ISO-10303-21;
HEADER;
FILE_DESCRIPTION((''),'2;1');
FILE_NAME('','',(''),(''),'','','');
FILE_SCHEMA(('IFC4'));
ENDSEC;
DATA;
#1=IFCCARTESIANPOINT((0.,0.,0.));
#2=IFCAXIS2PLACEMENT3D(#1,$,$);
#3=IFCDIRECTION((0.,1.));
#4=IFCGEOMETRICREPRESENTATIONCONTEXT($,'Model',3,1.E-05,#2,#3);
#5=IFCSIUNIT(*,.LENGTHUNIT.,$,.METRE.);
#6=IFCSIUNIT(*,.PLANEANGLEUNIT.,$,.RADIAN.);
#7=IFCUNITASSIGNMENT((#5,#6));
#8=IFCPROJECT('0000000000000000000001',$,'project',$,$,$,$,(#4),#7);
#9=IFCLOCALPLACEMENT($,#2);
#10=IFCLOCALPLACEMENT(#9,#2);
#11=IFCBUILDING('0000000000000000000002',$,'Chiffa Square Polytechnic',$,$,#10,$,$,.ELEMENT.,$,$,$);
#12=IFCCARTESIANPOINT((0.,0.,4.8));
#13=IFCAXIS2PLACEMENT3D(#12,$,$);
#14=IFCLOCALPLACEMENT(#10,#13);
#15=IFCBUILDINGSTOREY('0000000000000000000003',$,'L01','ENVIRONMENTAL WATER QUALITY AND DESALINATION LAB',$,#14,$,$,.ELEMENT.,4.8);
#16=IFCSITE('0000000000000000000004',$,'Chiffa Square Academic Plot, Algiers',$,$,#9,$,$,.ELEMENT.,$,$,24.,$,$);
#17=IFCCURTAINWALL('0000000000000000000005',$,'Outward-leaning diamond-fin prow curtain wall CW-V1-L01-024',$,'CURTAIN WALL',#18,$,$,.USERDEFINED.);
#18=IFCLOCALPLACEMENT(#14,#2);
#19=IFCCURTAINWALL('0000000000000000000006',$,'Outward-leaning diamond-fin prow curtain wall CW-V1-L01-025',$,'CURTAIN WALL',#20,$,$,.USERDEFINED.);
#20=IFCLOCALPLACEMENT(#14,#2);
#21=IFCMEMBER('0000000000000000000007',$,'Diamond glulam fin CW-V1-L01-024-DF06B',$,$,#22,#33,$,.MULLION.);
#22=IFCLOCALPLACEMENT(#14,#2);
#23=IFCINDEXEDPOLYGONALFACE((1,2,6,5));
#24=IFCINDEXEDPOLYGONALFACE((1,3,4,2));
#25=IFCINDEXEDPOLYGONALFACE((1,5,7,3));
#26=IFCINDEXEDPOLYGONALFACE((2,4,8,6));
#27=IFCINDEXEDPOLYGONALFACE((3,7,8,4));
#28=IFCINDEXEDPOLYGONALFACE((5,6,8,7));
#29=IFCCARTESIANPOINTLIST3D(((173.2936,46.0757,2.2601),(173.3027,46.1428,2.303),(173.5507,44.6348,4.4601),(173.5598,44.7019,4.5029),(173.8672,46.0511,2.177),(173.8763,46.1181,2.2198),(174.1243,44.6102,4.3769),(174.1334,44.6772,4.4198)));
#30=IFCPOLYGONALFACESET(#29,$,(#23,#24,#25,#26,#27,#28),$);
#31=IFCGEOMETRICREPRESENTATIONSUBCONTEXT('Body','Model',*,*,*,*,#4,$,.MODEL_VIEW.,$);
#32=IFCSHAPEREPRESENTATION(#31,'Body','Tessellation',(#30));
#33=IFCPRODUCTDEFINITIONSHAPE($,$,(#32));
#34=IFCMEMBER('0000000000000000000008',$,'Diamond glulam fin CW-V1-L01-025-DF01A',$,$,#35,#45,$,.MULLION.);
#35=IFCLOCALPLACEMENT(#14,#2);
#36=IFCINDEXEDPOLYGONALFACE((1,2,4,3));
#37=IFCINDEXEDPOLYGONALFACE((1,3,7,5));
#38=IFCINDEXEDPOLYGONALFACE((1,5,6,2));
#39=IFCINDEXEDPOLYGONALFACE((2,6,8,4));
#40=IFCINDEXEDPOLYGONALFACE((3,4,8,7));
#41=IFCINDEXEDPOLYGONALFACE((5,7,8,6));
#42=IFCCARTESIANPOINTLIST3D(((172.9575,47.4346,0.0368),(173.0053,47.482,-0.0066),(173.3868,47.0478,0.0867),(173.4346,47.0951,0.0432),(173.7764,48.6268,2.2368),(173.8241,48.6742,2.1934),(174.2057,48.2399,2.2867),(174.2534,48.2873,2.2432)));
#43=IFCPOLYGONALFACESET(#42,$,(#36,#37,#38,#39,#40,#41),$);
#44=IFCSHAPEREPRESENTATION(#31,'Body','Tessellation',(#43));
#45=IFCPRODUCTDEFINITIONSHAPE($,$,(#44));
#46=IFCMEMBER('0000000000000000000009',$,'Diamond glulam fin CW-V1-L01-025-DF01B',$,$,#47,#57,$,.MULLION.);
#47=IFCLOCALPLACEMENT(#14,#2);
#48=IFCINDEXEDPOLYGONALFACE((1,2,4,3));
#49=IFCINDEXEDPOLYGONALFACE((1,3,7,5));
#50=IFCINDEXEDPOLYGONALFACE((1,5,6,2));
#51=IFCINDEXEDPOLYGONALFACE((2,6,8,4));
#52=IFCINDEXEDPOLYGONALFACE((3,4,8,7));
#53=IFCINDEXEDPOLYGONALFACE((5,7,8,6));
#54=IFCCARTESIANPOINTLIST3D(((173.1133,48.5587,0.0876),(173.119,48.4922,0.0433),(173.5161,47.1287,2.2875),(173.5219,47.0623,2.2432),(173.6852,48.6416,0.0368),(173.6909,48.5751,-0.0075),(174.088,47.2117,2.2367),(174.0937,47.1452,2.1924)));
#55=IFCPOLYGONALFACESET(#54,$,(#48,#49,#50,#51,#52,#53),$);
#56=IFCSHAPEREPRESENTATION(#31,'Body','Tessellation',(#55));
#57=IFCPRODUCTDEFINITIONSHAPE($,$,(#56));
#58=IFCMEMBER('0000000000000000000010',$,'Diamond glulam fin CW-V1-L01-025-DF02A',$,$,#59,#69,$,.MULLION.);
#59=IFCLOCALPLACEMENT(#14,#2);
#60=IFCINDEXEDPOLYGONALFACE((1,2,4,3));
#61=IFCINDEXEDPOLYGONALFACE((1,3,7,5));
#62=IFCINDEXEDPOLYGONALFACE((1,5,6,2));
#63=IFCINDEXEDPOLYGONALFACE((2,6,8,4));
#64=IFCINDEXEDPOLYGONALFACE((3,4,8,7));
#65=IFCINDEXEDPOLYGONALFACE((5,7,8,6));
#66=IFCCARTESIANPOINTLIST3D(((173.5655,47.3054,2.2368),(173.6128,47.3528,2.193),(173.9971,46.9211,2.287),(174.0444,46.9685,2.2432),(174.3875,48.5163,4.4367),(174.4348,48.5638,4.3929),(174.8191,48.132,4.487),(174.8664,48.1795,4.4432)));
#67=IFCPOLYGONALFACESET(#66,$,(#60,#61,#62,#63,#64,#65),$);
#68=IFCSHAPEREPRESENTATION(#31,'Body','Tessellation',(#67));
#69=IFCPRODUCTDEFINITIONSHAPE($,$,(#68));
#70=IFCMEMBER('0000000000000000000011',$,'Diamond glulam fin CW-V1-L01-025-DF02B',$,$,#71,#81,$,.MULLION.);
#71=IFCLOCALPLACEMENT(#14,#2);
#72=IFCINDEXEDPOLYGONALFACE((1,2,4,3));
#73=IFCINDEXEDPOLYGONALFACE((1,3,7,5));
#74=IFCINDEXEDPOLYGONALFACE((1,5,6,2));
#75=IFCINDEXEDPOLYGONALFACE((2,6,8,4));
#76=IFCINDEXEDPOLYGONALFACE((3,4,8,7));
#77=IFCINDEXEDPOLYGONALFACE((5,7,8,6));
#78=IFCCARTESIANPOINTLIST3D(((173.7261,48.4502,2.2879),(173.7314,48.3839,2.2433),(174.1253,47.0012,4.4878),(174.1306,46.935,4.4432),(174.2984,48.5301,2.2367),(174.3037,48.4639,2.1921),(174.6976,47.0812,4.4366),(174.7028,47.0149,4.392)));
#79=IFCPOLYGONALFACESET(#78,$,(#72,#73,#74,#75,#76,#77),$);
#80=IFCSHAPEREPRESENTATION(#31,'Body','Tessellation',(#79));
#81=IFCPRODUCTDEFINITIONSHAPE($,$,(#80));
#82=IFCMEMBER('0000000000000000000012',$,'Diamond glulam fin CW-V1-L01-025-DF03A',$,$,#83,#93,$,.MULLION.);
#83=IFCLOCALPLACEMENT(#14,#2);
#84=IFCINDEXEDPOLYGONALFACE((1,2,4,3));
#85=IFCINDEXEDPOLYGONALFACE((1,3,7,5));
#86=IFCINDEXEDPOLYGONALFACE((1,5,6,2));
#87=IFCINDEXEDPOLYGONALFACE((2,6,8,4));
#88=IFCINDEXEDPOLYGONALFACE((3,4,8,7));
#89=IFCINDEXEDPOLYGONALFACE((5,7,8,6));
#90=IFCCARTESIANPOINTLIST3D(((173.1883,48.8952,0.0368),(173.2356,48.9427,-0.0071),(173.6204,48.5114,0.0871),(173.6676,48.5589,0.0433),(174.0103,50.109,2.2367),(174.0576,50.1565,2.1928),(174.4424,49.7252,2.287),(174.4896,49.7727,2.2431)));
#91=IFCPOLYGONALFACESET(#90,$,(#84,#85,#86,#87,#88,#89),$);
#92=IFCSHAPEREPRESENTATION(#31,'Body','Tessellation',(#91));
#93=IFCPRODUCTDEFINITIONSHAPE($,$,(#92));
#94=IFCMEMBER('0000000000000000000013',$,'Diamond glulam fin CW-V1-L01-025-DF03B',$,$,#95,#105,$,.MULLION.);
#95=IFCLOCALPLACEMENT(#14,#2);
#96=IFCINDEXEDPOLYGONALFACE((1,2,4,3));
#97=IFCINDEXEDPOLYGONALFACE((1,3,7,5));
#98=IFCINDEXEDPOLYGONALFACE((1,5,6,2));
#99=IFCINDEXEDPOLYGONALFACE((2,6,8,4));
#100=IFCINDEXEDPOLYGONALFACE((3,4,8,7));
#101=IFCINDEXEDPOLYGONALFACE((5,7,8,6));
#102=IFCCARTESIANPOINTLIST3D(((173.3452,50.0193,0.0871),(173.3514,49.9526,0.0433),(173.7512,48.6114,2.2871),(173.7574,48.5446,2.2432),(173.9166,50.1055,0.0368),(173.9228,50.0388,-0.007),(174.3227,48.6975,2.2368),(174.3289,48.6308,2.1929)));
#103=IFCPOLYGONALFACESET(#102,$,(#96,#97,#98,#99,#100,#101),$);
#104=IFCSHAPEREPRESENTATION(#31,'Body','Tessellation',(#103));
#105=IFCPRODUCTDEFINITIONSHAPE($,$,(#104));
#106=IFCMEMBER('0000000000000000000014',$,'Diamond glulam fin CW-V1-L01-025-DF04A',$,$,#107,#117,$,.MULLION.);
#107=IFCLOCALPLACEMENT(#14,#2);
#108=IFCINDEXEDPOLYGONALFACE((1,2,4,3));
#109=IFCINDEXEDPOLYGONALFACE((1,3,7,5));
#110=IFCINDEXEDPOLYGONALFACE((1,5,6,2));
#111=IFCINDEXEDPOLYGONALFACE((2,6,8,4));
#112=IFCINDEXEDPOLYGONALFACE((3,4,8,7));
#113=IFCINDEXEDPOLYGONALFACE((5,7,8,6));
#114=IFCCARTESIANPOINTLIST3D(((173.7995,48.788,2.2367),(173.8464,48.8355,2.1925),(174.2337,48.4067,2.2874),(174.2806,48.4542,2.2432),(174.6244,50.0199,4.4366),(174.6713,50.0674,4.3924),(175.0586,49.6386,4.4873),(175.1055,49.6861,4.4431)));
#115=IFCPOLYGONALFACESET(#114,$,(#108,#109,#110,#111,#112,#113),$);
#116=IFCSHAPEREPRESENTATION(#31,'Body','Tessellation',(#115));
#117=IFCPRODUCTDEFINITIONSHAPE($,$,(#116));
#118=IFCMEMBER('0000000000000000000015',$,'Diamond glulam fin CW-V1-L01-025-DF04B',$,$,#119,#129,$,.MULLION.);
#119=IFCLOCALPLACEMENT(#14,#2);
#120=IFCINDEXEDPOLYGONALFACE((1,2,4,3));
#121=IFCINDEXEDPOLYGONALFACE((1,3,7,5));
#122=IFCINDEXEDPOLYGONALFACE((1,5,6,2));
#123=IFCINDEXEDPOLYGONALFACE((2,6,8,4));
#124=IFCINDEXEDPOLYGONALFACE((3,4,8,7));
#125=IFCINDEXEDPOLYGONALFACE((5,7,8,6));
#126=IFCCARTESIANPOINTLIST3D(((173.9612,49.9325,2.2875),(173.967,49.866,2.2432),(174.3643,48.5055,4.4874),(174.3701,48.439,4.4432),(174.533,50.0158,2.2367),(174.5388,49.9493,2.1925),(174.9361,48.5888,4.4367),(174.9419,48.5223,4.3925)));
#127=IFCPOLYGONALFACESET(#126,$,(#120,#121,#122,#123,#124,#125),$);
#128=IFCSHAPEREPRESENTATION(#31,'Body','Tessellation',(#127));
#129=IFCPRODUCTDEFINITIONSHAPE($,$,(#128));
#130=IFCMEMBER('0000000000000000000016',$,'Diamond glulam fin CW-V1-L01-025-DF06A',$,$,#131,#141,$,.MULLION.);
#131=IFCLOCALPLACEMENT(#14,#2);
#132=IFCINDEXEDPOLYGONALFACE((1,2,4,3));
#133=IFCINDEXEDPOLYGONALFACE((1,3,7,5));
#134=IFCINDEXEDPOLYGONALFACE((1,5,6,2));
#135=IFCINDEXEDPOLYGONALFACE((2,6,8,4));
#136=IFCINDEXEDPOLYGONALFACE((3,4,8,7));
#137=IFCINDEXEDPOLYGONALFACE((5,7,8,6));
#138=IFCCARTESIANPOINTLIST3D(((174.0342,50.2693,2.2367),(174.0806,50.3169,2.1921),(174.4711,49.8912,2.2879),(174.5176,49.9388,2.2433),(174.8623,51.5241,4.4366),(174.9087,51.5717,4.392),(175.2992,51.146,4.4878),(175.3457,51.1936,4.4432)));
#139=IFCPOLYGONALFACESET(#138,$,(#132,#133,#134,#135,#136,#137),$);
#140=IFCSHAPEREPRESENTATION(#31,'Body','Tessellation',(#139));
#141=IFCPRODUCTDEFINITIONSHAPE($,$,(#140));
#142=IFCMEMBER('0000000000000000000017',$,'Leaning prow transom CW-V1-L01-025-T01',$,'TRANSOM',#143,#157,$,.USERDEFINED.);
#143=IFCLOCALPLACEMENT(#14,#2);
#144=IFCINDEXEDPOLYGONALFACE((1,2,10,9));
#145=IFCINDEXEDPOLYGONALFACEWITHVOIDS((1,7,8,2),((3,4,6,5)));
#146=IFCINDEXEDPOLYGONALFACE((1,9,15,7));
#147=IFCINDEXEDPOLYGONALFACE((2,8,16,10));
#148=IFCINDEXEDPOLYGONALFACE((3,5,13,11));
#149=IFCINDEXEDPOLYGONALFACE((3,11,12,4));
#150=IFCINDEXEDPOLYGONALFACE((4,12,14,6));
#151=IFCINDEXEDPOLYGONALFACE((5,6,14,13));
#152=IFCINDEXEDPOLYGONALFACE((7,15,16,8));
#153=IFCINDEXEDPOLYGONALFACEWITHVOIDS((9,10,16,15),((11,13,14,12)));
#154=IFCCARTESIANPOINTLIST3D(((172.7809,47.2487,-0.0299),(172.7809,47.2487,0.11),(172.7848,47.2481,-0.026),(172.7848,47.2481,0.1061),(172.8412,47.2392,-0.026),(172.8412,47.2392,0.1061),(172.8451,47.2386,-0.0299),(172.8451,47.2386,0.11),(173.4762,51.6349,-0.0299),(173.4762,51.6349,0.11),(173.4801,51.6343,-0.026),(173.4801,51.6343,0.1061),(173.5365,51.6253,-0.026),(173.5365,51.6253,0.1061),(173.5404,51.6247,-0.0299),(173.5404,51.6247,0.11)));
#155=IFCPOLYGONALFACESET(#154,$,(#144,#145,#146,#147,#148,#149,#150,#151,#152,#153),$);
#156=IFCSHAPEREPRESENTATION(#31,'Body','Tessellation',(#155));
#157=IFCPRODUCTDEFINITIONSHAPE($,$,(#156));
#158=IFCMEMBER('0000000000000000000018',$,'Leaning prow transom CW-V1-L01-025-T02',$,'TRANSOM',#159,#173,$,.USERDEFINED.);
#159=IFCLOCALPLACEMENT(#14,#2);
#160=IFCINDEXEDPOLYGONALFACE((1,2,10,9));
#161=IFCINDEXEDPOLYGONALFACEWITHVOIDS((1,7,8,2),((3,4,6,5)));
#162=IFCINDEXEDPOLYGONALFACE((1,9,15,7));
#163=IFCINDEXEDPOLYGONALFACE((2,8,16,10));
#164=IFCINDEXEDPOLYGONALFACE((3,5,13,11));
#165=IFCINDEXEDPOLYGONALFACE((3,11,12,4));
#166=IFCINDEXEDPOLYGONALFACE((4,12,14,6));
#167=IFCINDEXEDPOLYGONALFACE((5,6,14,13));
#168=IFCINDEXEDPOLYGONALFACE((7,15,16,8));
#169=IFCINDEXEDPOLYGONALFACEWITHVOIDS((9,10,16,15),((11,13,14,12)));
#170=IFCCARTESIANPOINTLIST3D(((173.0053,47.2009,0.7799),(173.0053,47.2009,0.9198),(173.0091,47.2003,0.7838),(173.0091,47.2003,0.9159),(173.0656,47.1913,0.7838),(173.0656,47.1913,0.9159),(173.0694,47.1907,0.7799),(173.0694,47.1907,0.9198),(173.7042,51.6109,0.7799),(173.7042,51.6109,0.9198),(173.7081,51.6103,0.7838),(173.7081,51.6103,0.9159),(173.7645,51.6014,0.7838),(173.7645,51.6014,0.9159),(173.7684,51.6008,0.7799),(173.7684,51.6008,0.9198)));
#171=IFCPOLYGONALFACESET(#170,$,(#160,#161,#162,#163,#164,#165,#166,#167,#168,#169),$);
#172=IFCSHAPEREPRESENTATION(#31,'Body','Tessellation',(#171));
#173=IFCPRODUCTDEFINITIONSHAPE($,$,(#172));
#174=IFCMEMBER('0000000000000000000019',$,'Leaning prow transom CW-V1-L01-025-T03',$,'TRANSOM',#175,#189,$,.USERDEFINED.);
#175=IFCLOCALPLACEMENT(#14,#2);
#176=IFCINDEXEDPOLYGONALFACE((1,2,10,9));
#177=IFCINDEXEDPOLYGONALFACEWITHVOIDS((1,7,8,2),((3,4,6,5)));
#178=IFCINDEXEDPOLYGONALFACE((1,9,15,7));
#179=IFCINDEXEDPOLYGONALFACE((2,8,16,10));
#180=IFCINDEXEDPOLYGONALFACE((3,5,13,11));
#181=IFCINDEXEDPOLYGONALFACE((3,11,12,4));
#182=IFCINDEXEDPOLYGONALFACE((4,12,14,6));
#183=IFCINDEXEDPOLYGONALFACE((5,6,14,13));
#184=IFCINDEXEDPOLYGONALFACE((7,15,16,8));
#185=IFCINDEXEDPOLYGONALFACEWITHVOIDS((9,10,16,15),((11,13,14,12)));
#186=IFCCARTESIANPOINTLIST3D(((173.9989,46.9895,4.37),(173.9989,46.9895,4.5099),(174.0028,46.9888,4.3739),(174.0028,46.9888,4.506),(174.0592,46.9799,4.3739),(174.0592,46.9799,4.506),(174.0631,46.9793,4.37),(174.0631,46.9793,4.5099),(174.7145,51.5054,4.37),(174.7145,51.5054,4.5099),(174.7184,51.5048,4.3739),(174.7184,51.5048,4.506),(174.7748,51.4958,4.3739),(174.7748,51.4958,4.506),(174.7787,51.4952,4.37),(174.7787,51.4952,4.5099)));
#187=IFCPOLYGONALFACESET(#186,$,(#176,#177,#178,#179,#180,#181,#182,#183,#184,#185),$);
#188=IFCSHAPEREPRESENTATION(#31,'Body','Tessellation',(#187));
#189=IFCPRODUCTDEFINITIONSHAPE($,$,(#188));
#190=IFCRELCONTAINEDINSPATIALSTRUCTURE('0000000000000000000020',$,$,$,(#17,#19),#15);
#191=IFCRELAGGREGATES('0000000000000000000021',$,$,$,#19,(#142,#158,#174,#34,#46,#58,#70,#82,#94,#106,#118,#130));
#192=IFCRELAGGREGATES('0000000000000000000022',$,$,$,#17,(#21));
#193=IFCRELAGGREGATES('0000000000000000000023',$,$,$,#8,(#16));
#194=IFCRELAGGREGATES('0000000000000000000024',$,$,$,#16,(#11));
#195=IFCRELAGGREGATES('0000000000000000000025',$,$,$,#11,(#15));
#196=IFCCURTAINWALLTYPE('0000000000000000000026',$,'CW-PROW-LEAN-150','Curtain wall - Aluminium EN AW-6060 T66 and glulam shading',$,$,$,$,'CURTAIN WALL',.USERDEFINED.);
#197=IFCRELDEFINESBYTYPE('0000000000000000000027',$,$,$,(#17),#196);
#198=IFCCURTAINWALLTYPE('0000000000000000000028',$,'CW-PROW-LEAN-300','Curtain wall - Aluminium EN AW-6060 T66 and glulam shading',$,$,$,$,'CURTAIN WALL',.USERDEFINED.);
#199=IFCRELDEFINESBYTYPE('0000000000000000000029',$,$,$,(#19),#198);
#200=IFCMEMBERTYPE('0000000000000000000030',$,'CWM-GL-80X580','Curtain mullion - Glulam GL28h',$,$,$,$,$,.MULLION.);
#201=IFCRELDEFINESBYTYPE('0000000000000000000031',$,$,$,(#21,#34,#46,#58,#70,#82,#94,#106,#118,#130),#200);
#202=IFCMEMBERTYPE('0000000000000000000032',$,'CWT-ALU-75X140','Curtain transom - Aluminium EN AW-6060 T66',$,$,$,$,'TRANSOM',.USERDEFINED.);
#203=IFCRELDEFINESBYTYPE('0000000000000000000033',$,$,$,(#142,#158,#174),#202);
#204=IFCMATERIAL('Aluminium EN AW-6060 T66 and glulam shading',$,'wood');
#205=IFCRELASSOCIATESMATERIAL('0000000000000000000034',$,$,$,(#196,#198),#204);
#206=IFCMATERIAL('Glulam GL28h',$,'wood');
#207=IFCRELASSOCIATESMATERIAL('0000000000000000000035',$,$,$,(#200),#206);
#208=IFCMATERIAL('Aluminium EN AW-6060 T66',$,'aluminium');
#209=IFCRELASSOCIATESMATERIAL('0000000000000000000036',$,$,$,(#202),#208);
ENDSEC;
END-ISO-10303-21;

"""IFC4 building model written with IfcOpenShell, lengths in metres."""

from ifc_helpers import new_model, si_unit, direction, frame, origin, origin_2d, place, context, subcontext, project, spatial, rectangle, hollow_rectangle, extrude, material, material_profile, profile_set, type_object, element, aggregate, save


model = new_model("IFC4")

# Units and contexts
model_context = context("Model", 3, precision=1e-05, world=origin(), true_north=direction((0.0, 1.0)))
body_context = subcontext(model_context, "Body", "Model", "MODEL_VIEW")
ifc_project = project(units=[si_unit("LENGTHUNIT", "METRE"), si_unit("PLANEANGLEUNIT", "RADIAN")], contexts=[model_context])

# Site, building, storey
site_placement = place(None, origin())
site = spatial("IfcSite", under=ifc_project, at=site_placement, Name="Chiffa Square Academic Plot, Algiers", CompositionType="ELEMENT", RefElevation=24.0)
building_placement = place(site_placement, origin())
building = spatial("IfcBuilding", under=site, at=building_placement, Name="Chiffa Square Polytechnic", CompositionType="ELEMENT")
storey_placement = place(building_placement, frame((0.0, 0.0, 4.8)))
storey = spatial("IfcBuildingStorey", under=building, at=storey_placement, Name="L01", Description="ENVIRONMENTAL WATER QUALITY AND DESALINATION LAB", CompositionType="ELEMENT", Elevation=4.8)

# Curtain wall
ifc_material_1 = material(Name="Aluminium EN AW-6060 T66 and glulam shading", Category="wood")
curtain_wall_type_1 = type_object("IfcCurtainWallType", Name="CW-PROW-LEAN-150", Description="Curtain wall - Aluminium EN AW-6060 T66 and glulam shading", ElementType="CURTAIN WALL", PredefinedType="USERDEFINED", material=ifc_material_1)
curtain_wall_1_placement = place(storey_placement, origin())
curtain_wall_1 = element("IfcCurtainWall", 1, at=curtain_wall_1_placement, inside=storey, type_object=curtain_wall_type_1, Name="Outward-leaning diamond-fin prow curtain wall CW-V1-L01-024", ObjectType="CURTAIN WALL", PredefinedType="USERDEFINED")
ifc_material_2 = material(Name="Aluminium EN AW-6060 T66", Category="aluminium")

# Curtain wall
curtain_wall_type_2 = type_object("IfcCurtainWallType", Name="CW-PROW-LEAN-300", Description="Curtain wall - Aluminium EN AW-6060 T66 and glulam shading", ElementType="CURTAIN WALL", PredefinedType="USERDEFINED", material=ifc_material_1)
curtain_wall_2_placement = place(storey_placement, origin())
curtain_wall_2 = element("IfcCurtainWall", 2, at=curtain_wall_2_placement, inside=storey, type_object=curtain_wall_type_2, Name="Outward-leaning diamond-fin prow curtain wall CW-V1-L01-025", ObjectType="CURTAIN WALL", PredefinedType="USERDEFINED")

# Members
ifc_material_3 = material(Name="Glulam GL28h", Category="wood")
ifc_material_profile_1 = material_profile(ifc_material_3, rectangle(XDim=0.0801, YDim=0.5801, at=origin_2d()), Name="GL28h 80x580")
ifc_profile_set_1 = profile_set([ifc_material_profile_1], Name="Glulam GL28h")
member_type_1 = type_object("IfcMemberType", Name="CWM-GL-80X580", Description="Curtain mullion - Glulam GL28h", PredefinedType="MULLION", material=ifc_profile_set_1)
member_1_placement = place(storey_placement, frame((173.585, 46.0969, 2.24), z_axis=(0.097291, -0.545313, 0.832567), x_axis=(0.113546, 0.837156, 0.535049)))
member_1 = element("IfcMember", 3, at=member_1_placement, type_object=member_type_1, Name="Diamond glulam fin CW-V1-L01-024-DF06B", PredefinedType="MULLION", context=body_context, shape_type="SweptSolid", body=[
    extrude(rectangle(XDim=0.0801, YDim=0.5801, at=origin_2d()), origin(), (0.0, 0.0, 1.0), 2.6423),
])
member_2_placement = place(storey_placement, frame((173.196, 47.2649, 0.04), z_axis=(0.311021, 0.452807, 0.835602), x_axis=(-0.596221, -0.591723, 0.542571)))
member_2 = element("IfcMember", 4, at=member_2_placement, type_object=member_type_1, Name="Diamond glulam fin CW-V1-L01-025-DF01A", PredefinedType="MULLION", context=body_context, shape_type="SweptSolid", body=[
    extrude(rectangle(XDim=0.0801, YDim=0.5801, at=origin_2d()), origin(), (0.0, 0.0, 1.0), 2.6328),
])
member_3_placement = place(storey_placement, frame((173.4021, 48.5669, 0.04), z_axis=(0.15175, -0.538667, 0.82874), x_axis=(-0.071381, 0.830288, 0.552744)))
member_3 = element("IfcMember", 5, at=member_3_placement, type_object=member_type_1, Name="Diamond glulam fin CW-V1-L01-025-DF01B", PredefinedType="MULLION", context=body_context, shape_type="SweptSolid", body=[
    extrude(rectangle(XDim=0.0801, YDim=0.5801, at=origin_2d()), origin(), (0.0, 0.0, 1.0), 2.6545),
])
member_4_placement = place(storey_placement, frame((173.8049, 47.137, 2.24), z_axis=(0.311098, 0.458285, 0.832582), x_axis=(-0.591291, -0.592516, 0.547082)))
member_4 = element("IfcMember", 6, at=member_4_placement, type_object=member_type_1, Name="Diamond glulam fin CW-V1-L01-025-DF02A", PredefinedType="MULLION", context=body_context, shape_type="SweptSolid", body=[
    extrude(rectangle(XDim=0.0801, YDim=0.5801, at=origin_2d()), origin(), (0.0, 0.0, 1.0), 2.6423),
])
member_5_placement = place(storey_placement, frame((174.0149, 48.457, 2.24), z_axis=(0.14982, -0.543842, 0.825706), x_axis=(-0.065783, 0.827798, 0.557156)))
member_5 = element("IfcMember", 7, at=member_5_placement, type_object=member_type_1, Name="Diamond glulam fin CW-V1-L01-025-DF02B", PredefinedType="MULLION", context=body_context, shape_type="SweptSolid", body=[
    extrude(rectangle(XDim=0.0801, YDim=0.5801, at=origin_2d()), origin(), (0.0, 0.0, 1.0), 2.6643),
])
member_6_placement = place(storey_placement, frame((173.428, 48.7271, 0.04), z_axis=(0.31094, 0.45916, 0.832159), x_axis=(-0.590391, -0.592834, 0.54771)))
member_6 = element("IfcMember", 8, at=member_6_placement, type_object=member_type_1, Name="Diamond glulam fin CW-V1-L01-025-DF03A", PredefinedType="MULLION", context=body_context, shape_type="SweptSolid", body=[
    extrude(rectangle(XDim=0.0801, YDim=0.5801, at=origin_2d()), origin(), (0.0, 0.0, 1.0), 2.6436),
])
member_7_placement = place(storey_placement, frame((173.634, 50.0291, 0.04), z_axis=(0.153599, -0.532654, 0.832278), x_axis=(-0.077454, 0.833192, 0.547533)))
member_7 = element("IfcMember", 9, at=member_7_placement, type_object=member_type_1, Name="Diamond glulam fin CW-V1-L01-025-DF03B", PredefinedType="MULLION", context=body_context, shape_type="SweptSolid", body=[
    extrude(rectangle(XDim=0.0801, YDim=0.5801, at=origin_2d()), origin(), (0.0, 0.0, 1.0), 2.6433),
])
member_8_placement = place(storey_placement, frame((174.04, 48.6211, 2.24), z_axis=(0.31096, 0.464369, 0.829256), x_axis=(-0.585708, -0.593511, 0.551988)))
member_8 = element("IfcMember", 10, at=member_8_placement, type_object=member_type_1, Name="Diamond glulam fin CW-V1-L01-025-DF04A", PredefinedType="MULLION", context=body_context, shape_type="SweptSolid", body=[
    extrude(rectangle(XDim=0.0801, YDim=0.5801, at=origin_2d()), origin(), (0.0, 0.0, 1.0), 2.6528),
])
member_9_placement = place(storey_placement, frame((174.25, 49.9409, 2.24), z_axis=(0.15193, -0.537875, 0.829221), x_axis=(-0.072086, 0.830696, 0.55204)))
member_9 = element("IfcMember", 11, at=member_9_placement, type_object=member_type_1, Name="Diamond glulam fin CW-V1-L01-025-DF04B", PredefinedType="MULLION", context=body_context, shape_type="SweptSolid", body=[
    extrude(rectangle(XDim=0.0801, YDim=0.5801, at=origin_2d()), origin(), (0.0, 0.0, 1.0), 2.6531),
])
member_10_placement = place(storey_placement, frame((174.2759, 50.104, 2.24), z_axis=(0.310783, 0.470939, 0.825609), x_axis=(-0.579711, -0.594438, 0.557296)))
member_10 = element("IfcMember", 12, at=member_10_placement, type_object=member_type_1, Name="Diamond glulam fin CW-V1-L01-025-DF06A", PredefinedType="MULLION", context=body_context, shape_type="SweptSolid", body=[
    extrude(rectangle(XDim=0.0801, YDim=0.5801, at=origin_2d()), origin(), (0.0, 0.0, 1.0), 2.6646),
])
ifc_material_profile_2 = material_profile(ifc_material_2, hollow_rectangle(XDim=0.0649, YDim=0.1399, WallThickness=0.0039, at=origin_2d()), Name="ALU 65x140x4")
ifc_profile_set_2 = profile_set([ifc_material_profile_2], Name="Aluminium EN AW-6060 T66")
member_type_2 = type_object("IfcMemberType", Name="CWT-ALU-75X140", Description="Curtain transom - Aluminium EN AW-6060 T66", ElementType="TRANSOM", PredefinedType="USERDEFINED", material=ifc_profile_set_2)
member_11_placement = place(storey_placement, frame((172.813, 47.2437, 0.04), z_axis=(0.156567, 0.987667, 0.0), x_axis=(-0.987667, 0.156567, 0.0)))
member_11 = element("IfcMember", 13, at=member_11_placement, type_object=member_type_2, Name="Leaning prow transom CW-V1-L01-025-T01", ObjectType="TRANSOM", PredefinedType="USERDEFINED", context=body_context, shape_type="SweptSolid", body=[
    extrude(hollow_rectangle(XDim=0.0649, YDim=0.1399, WallThickness=0.0039, at=origin_2d()), origin(), (0.0, 0.0, 1.0), 4.4409),
])
member_12_placement = place(storey_placement, frame((173.0374, 47.1958, 0.8499), z_axis=(0.156538, 0.987672, 0.0), x_axis=(-0.987672, 0.156538, 0.0)))
member_12 = element("IfcMember", 14, at=member_12_placement, type_object=member_type_2, Name="Leaning prow transom CW-V1-L01-025-T02", ObjectType="TRANSOM", PredefinedType="USERDEFINED", context=body_context, shape_type="SweptSolid", body=[
    extrude(hollow_rectangle(XDim=0.0649, YDim=0.1399, WallThickness=0.0039, at=origin_2d()), origin(), (0.0, 0.0, 1.0), 4.4651),
])
member_13_placement = place(storey_placement, frame((174.031, 46.9844, 4.4399), z_axis=(0.156505, 0.987677, 0.0), x_axis=(-0.987677, 0.156505, 0.0)))
member_13 = element("IfcMember", 15, at=member_13_placement, type_object=member_type_2, Name="Leaning prow transom CW-V1-L01-025-T03", ObjectType="TRANSOM", PredefinedType="USERDEFINED", context=body_context, shape_type="SweptSolid", body=[
    extrude(hollow_rectangle(XDim=0.0649, YDim=0.1399, WallThickness=0.0039, at=origin_2d()), origin(), (0.0, 0.0, 1.0), 4.5723),
])

aggregate(curtain_wall_2, [member_11, member_12, member_13, member_2, member_3, member_4, member_5, member_6, member_7, member_8, member_9, member_10])
aggregate(curtain_wall_1, [member_1])

save(model, "model.ifc")
